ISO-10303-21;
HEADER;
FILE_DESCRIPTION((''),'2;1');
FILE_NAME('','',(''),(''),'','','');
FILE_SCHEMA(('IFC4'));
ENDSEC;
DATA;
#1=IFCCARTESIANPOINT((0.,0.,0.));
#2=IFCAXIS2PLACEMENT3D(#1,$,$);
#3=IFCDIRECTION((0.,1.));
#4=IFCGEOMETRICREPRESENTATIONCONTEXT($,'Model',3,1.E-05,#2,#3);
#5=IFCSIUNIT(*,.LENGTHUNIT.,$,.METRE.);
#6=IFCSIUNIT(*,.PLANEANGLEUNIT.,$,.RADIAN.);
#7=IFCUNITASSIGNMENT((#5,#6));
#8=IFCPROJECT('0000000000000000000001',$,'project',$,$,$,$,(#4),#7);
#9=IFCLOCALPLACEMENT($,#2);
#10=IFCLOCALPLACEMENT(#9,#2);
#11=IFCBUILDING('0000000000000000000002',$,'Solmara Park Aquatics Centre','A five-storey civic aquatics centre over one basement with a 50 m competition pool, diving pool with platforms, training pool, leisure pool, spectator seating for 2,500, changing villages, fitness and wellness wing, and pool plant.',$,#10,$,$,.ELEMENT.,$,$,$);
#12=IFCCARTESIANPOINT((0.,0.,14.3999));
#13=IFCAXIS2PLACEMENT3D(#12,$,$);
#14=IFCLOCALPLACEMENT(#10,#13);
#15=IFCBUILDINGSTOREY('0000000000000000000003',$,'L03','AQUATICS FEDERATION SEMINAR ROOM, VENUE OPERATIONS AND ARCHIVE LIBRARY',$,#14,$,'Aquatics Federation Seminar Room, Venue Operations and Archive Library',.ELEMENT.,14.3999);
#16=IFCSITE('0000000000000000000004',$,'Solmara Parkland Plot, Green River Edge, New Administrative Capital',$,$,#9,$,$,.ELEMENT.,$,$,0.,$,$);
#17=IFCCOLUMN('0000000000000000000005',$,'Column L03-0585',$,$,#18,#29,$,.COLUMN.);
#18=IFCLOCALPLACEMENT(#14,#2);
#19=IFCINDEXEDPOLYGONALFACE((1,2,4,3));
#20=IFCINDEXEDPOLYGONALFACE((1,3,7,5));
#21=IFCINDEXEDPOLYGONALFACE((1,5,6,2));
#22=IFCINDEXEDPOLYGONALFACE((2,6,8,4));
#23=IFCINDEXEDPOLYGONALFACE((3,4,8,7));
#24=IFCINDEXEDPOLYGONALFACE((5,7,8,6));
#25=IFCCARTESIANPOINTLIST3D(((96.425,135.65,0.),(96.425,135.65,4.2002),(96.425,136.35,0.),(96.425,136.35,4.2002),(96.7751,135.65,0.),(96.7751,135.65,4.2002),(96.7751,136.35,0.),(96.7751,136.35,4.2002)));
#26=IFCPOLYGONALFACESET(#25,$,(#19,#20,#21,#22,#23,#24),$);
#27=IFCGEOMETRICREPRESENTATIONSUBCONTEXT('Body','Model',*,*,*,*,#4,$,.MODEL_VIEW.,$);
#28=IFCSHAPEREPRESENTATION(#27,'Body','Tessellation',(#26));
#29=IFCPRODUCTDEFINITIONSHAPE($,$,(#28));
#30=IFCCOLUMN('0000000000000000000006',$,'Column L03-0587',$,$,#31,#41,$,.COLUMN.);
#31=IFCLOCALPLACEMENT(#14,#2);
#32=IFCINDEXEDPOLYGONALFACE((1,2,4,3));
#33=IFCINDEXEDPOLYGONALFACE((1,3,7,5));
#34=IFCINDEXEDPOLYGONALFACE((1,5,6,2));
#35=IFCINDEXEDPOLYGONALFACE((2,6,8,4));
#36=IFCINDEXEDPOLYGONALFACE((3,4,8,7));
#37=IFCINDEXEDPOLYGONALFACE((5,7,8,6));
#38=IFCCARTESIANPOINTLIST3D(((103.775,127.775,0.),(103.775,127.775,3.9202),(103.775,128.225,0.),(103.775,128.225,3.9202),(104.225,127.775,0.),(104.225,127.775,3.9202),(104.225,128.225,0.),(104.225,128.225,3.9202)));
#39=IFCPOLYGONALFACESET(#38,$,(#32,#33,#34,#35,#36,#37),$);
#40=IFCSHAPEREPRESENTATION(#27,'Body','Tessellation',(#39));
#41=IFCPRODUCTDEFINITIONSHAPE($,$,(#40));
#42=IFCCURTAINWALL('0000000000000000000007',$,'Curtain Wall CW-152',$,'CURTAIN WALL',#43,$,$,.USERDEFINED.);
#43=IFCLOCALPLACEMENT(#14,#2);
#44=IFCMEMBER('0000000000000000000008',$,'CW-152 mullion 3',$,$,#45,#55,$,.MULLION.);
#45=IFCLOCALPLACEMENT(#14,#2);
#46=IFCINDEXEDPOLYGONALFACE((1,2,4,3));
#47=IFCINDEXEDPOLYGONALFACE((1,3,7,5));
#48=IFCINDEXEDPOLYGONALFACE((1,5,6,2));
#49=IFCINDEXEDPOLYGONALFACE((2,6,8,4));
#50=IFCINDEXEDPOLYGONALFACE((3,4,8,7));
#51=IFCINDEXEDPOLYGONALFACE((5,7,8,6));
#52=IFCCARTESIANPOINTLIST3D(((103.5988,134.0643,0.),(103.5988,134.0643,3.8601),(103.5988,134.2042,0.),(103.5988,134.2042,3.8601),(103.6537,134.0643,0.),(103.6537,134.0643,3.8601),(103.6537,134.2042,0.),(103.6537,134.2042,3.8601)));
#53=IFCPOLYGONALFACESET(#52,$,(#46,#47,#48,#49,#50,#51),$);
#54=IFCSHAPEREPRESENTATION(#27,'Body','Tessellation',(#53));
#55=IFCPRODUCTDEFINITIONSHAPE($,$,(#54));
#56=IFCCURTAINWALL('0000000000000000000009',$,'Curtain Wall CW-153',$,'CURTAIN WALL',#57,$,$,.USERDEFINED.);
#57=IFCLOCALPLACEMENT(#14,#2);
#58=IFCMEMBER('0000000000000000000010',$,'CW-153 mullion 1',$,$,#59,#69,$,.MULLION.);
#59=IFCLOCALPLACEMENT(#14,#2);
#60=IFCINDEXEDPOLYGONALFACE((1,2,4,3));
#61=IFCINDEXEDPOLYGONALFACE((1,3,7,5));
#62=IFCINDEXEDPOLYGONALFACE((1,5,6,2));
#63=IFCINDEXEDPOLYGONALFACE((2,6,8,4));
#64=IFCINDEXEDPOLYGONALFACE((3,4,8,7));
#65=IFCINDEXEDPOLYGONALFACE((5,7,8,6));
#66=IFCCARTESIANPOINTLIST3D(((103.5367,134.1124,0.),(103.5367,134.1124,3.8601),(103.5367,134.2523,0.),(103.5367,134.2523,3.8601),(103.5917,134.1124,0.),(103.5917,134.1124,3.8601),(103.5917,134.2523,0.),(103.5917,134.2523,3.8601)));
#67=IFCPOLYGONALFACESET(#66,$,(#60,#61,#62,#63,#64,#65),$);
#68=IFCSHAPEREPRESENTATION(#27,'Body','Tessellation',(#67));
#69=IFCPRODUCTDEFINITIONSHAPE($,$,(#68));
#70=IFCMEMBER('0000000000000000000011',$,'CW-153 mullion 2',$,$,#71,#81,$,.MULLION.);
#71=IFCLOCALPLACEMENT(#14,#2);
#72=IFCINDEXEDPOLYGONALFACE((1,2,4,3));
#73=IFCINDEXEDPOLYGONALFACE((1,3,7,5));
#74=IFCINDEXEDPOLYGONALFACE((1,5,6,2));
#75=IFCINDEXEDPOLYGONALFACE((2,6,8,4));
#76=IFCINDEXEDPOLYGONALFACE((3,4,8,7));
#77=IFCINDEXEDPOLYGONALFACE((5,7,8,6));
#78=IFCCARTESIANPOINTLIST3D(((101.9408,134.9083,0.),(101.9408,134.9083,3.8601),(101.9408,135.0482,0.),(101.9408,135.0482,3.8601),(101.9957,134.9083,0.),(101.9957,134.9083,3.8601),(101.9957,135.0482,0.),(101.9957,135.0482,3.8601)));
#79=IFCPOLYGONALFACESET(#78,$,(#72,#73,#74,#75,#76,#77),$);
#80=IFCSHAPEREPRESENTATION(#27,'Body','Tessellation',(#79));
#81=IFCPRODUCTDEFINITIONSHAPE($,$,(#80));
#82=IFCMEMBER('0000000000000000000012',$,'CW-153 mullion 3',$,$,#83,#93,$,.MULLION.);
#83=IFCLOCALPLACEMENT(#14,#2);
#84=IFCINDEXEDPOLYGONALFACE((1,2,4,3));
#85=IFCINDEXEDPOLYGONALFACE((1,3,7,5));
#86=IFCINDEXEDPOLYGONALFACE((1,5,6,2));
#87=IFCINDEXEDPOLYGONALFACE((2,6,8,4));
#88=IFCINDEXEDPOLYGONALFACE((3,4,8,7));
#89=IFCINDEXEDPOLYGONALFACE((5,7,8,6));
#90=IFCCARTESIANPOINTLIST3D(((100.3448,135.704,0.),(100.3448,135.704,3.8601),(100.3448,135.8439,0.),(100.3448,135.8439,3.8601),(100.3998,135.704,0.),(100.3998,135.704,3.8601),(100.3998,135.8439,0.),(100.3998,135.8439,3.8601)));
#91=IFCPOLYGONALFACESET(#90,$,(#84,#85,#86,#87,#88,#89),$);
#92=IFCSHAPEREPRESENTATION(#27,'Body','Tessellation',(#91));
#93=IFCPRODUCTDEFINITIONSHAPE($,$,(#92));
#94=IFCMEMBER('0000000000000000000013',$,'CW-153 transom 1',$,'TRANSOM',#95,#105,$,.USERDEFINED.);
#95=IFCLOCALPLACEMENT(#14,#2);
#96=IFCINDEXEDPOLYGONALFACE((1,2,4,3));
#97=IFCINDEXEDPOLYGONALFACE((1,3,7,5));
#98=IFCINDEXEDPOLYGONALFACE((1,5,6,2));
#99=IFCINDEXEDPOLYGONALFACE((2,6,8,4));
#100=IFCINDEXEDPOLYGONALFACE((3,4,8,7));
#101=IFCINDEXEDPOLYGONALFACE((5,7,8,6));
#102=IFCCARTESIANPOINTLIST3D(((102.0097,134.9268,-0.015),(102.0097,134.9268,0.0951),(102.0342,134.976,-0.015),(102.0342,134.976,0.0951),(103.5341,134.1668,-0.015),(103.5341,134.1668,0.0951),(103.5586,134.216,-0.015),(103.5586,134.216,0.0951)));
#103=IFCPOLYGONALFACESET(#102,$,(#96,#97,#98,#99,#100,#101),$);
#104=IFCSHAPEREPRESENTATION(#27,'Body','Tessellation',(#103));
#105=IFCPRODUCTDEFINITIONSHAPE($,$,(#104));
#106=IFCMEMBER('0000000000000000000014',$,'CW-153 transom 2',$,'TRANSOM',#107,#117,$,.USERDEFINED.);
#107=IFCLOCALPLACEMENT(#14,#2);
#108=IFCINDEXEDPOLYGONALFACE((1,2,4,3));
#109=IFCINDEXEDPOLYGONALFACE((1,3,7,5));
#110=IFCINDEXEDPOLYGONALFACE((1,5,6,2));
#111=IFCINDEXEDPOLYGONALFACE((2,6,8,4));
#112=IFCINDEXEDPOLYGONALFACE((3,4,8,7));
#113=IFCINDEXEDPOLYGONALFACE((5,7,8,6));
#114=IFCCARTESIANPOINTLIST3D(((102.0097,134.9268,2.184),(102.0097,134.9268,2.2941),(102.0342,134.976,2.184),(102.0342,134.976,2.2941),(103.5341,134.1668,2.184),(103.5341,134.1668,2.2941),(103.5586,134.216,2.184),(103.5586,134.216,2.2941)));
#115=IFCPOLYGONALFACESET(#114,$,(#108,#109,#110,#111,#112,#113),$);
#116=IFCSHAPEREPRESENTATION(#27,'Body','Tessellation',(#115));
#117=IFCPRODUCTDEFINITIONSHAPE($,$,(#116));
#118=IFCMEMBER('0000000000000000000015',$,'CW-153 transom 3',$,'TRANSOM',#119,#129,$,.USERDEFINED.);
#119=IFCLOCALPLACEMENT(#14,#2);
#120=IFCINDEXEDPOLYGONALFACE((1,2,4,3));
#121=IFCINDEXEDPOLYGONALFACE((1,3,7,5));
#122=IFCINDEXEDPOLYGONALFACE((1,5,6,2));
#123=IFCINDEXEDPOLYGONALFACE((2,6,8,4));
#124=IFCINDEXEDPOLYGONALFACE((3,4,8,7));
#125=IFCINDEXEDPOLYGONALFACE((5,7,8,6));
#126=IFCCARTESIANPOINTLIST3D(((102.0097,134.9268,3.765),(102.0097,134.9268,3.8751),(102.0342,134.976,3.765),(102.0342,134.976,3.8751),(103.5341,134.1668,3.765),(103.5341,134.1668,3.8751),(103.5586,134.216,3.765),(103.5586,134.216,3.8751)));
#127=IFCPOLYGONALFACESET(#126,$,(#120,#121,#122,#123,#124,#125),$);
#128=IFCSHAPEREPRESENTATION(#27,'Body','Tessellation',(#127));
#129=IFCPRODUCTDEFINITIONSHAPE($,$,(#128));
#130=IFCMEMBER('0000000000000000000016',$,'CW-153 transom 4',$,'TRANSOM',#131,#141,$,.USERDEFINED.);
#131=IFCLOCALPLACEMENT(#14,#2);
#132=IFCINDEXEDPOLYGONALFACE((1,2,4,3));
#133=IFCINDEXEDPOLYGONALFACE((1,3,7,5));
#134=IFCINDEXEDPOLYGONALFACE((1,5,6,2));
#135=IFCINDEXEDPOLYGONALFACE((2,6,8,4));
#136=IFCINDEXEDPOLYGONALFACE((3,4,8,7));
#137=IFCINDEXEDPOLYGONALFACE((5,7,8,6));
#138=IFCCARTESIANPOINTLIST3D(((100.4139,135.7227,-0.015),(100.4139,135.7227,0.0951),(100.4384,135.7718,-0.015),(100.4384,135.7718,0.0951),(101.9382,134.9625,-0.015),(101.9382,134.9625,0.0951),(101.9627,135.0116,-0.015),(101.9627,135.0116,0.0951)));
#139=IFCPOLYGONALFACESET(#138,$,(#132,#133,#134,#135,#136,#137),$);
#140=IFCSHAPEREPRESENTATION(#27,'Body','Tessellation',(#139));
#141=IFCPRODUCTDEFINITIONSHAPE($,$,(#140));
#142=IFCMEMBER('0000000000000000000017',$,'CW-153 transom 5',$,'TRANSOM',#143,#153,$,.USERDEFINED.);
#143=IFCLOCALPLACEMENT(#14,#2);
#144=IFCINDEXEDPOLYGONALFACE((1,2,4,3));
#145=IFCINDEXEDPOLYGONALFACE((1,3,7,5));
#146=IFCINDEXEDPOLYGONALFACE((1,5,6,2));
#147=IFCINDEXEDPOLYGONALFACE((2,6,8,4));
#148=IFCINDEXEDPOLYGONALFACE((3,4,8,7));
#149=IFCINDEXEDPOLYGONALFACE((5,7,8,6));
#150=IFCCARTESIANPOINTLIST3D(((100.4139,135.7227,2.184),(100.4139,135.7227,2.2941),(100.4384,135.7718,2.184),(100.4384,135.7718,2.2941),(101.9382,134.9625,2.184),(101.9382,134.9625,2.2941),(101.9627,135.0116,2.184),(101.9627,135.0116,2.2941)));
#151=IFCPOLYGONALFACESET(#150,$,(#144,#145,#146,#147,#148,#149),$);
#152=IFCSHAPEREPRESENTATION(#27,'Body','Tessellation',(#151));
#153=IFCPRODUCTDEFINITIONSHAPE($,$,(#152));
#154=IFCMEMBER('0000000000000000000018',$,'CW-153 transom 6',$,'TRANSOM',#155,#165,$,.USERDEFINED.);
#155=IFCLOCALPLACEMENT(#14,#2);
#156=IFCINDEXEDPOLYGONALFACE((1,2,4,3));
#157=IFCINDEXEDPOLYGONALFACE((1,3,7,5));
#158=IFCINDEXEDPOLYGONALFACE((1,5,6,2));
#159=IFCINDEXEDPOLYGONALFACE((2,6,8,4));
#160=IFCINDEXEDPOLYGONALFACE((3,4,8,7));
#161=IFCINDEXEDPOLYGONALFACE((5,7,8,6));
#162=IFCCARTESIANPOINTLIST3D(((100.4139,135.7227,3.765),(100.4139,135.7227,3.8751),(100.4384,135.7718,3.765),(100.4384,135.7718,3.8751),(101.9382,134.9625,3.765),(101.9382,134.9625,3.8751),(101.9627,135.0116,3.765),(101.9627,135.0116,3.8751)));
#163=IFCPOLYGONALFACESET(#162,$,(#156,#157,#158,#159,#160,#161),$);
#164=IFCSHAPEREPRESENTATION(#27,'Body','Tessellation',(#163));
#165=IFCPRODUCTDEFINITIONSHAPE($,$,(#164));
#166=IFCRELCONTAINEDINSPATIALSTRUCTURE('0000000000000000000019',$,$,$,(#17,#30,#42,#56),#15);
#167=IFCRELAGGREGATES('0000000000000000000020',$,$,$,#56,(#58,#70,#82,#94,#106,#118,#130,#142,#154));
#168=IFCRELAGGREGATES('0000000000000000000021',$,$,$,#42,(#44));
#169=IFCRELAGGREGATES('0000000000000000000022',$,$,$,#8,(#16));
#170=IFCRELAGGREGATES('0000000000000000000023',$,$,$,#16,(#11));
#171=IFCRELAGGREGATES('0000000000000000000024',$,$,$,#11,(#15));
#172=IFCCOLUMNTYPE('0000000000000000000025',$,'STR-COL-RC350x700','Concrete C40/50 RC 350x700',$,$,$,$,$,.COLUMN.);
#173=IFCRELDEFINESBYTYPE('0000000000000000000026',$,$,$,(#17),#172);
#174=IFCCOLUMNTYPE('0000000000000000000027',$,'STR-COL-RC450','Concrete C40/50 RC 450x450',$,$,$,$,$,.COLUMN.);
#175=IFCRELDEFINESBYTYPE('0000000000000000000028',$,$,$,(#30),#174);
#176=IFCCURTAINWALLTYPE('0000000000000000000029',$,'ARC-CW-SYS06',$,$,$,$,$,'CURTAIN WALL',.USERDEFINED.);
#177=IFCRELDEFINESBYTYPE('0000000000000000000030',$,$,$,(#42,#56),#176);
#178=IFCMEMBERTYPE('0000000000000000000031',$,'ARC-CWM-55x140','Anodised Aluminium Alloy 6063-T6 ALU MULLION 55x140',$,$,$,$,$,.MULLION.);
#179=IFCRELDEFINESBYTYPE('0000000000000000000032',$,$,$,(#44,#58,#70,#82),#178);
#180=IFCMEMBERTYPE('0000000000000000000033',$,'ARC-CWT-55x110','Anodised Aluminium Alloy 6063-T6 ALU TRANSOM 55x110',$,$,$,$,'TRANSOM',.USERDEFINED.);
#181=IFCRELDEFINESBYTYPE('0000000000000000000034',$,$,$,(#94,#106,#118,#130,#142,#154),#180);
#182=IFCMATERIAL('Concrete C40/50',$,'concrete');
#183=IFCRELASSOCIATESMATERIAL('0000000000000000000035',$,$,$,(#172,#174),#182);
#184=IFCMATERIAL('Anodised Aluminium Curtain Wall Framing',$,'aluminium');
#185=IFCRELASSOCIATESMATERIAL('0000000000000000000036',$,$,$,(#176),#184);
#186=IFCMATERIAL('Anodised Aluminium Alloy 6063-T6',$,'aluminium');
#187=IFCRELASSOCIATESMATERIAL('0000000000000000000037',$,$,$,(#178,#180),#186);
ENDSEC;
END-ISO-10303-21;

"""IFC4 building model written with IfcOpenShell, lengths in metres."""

from ifc_helpers import new_model, si_unit, direction, frame, origin, origin_2d, place, context, subcontext, project, spatial, rectangle, extrude, material, material_profile, profile_set, type_object, element, aggregate, save


model = new_model("IFC4")

# Units and contexts
model_context = context("Model", 3, precision=1e-05, world=origin(), true_north=direction((0.0, 1.0)))
body_context = subcontext(model_context, "Body", "Model", "MODEL_VIEW")
ifc_project = project(units=[si_unit("LENGTHUNIT", "METRE"), si_unit("PLANEANGLEUNIT", "RADIAN")], contexts=[model_context])

# Site, building, storey
site_placement = place(None, origin())
site = spatial("IfcSite", under=ifc_project, at=site_placement, Name="Solmara Parkland Plot, Green River Edge, New Administrative Capital", CompositionType="ELEMENT", RefElevation=0.0)
building_placement = place(site_placement, origin())
building = spatial("IfcBuilding", under=site, at=building_placement, Name="Solmara Park Aquatics Centre", Description="A five-storey civic aquatics centre over one basement with a 50 m competition pool, diving pool with platforms, training pool, leisure pool, spectator seating for 2,500, changing villages, fitness and wellness wing, and pool plant.", CompositionType="ELEMENT")
storey_placement = place(building_placement, frame((0.0, 0.0, 14.3999)))
storey = spatial("IfcBuildingStorey", under=building, at=storey_placement, Name="L03", Description="AQUATICS FEDERATION SEMINAR ROOM, VENUE OPERATIONS AND ARCHIVE LIBRARY", LongName="Aquatics Federation Seminar Room, Venue Operations and Archive Library", CompositionType="ELEMENT", Elevation=14.3999)

# Columns
ifc_material_1 = material(Name="Concrete C40/50", Category="concrete")
ifc_material_profile_1 = material_profile(ifc_material_1, rectangle(XDim=0.3501, YDim=0.7, at=origin_2d()), Name="RC 350x700")
ifc_profile_set_1 = profile_set([ifc_material_profile_1], Name="Concrete C40/50")
column_type_1 = type_object("IfcColumnType", Name="STR-COL-RC350x700", Description="Concrete C40/50 RC 350x700", PredefinedType="COLUMN", material=ifc_profile_set_1)
column_1_placement = place(storey_placement, frame((96.6001, 136.0, 0.0), z_axis=(0.0, 0.0, 1.0), x_axis=(1.0, 0.0, 0.0)))
element("IfcColumn", 1, at=column_1_placement, inside=storey, type_object=column_type_1, Name="Column L03-0585", PredefinedType="COLUMN", context=body_context, shape_type="SweptSolid", body=[
    extrude(rectangle(XDim=0.3501, YDim=0.7, at=origin_2d()), origin(), (0.0, 0.0, 1.0), 4.2002),
])
ifc_material_profile_2 = material_profile(ifc_material_1, rectangle(XDim=0.45, YDim=0.45, at=origin_2d()), Name="RC 450x450")
ifc_profile_set_2 = profile_set([ifc_material_profile_2], Name="Concrete C40/50")
column_type_2 = type_object("IfcColumnType", Name="STR-COL-RC450", Description="Concrete C40/50 RC 450x450", PredefinedType="COLUMN", material=ifc_profile_set_2)
column_2_placement = place(storey_placement, frame((104.0, 128.0, 0.0), z_axis=(0.0, 0.0, 1.0), x_axis=(1.0, 0.0, 0.0)))
element("IfcColumn", 2, at=column_2_placement, inside=storey, type_object=column_type_2, Name="Column L03-0587", PredefinedType="COLUMN", context=body_context, shape_type="SweptSolid", body=[
    extrude(rectangle(XDim=0.45, YDim=0.45, at=origin_2d()), origin(), (0.0, 0.0, 1.0), 3.9202),
])

# Curtain wall, member
ifc_material_2 = material(Name="Anodised Aluminium Curtain Wall Framing", Category="aluminium")
curtain_wall_type = type_object("IfcCurtainWallType", Name="ARC-CW-SYS06", ElementType="CURTAIN WALL", PredefinedType="USERDEFINED", material=ifc_material_2)
curtain_wall_1_placement = place(storey_placement, origin())
curtain_wall_1 = element("IfcCurtainWall", 3, at=curtain_wall_1_placement, inside=storey, type_object=curtain_wall_type, Name="Curtain Wall CW-152", ObjectType="CURTAIN WALL", PredefinedType="USERDEFINED")
ifc_material_3 = material(Name="Anodised Aluminium Alloy 6063-T6", Category="aluminium")
ifc_material_profile_3 = material_profile(ifc_material_3, rectangle(XDim=0.0549, YDim=0.1399, at=origin_2d()), Name="ALU MULLION 55x140")
ifc_profile_set_3 = profile_set([ifc_material_profile_3], Name="Anodised Aluminium Alloy 6063-T6")
member_type_1 = type_object("IfcMemberType", Name="ARC-CWM-55x140", Description="Anodised Aluminium Alloy 6063-T6 ALU MULLION 55x140", PredefinedType="MULLION", material=ifc_profile_set_3)
member_1_placement = place(storey_placement, frame((103.6262, 134.1343, 0.0), z_axis=(0.0, 0.0, 1.0), x_axis=(1.0, 0.0, 0.0)))
member_1 = element("IfcMember", 4, at=member_1_placement, type_object=member_type_1, Name="CW-152 mullion 3", PredefinedType="MULLION", context=body_context, shape_type="SweptSolid", body=[
    extrude(rectangle(XDim=0.0549, YDim=0.1399, at=origin_2d()), origin(), (0.0, 0.0, 1.0), 3.8601),
])

# Curtain wall, members
curtain_wall_2_placement = place(storey_placement, origin())
curtain_wall_2 = element("IfcCurtainWall", 5, at=curtain_wall_2_placement, inside=storey, type_object=curtain_wall_type, Name="Curtain Wall CW-153", ObjectType="CURTAIN WALL", PredefinedType="USERDEFINED")
member_2_placement = place(storey_placement, frame((103.5642, 134.1824, 0.0), z_axis=(0.0, 0.0, 1.0), x_axis=(1.0, 0.0, 0.0)))
member_2 = element("IfcMember", 6, at=member_2_placement, type_object=member_type_1, Name="CW-153 mullion 1", PredefinedType="MULLION", context=body_context, shape_type="SweptSolid", body=[
    extrude(rectangle(XDim=0.0549, YDim=0.1399, at=origin_2d()), origin(), (0.0, 0.0, 1.0), 3.8601),
])
member_3_placement = place(storey_placement, frame((101.9683, 134.9783, 0.0), z_axis=(0.0, 0.0, 1.0), x_axis=(1.0, 0.0, 0.0)))
member_3 = element("IfcMember", 7, at=member_3_placement, type_object=member_type_1, Name="CW-153 mullion 2", PredefinedType="MULLION", context=body_context, shape_type="SweptSolid", body=[
    extrude(rectangle(XDim=0.0549, YDim=0.1399, at=origin_2d()), origin(), (0.0, 0.0, 1.0), 3.8601),
])
member_4_placement = place(storey_placement, frame((100.3723, 135.7739, 0.0), z_axis=(0.0, 0.0, 1.0), x_axis=(1.0, 0.0, 0.0)))
member_4 = element("IfcMember", 8, at=member_4_placement, type_object=member_type_1, Name="CW-153 mullion 3", PredefinedType="MULLION", context=body_context, shape_type="SweptSolid", body=[
    extrude(rectangle(XDim=0.0549, YDim=0.1399, at=origin_2d()), origin(), (0.0, 0.0, 1.0), 3.8601),
])
ifc_material_profile_4 = material_profile(ifc_material_3, rectangle(XDim=0.0549, YDim=0.1101, at=origin_2d()), Name="ALU TRANSOM 55x110")
ifc_profile_set_4 = profile_set([ifc_material_profile_4], Name="Anodised Aluminium Alloy 6063-T6")
member_type_2 = type_object("IfcMemberType", Name="ARC-CWT-55x110", Description="Anodised Aluminium Alloy 6063-T6 ALU TRANSOM 55x110", ElementType="TRANSOM", PredefinedType="USERDEFINED", material=ifc_profile_set_4)
member_5_placement = place(storey_placement, frame((103.5464, 134.1914, 0.04), z_axis=(-0.894943, 0.446181, 0.0), x_axis=(-0.446181, -0.894943, 0.0)))
member_5 = element("IfcMember", 9, at=member_5_placement, type_object=member_type_2, Name="CW-153 transom 1", ObjectType="TRANSOM", PredefinedType="USERDEFINED", context=body_context, shape_type="SweptSolid", body=[
    extrude(rectangle(XDim=0.0549, YDim=0.1101, at=origin_2d()), origin(), (0.0, 0.0, 1.0), 1.7034),
])
member_6_placement = place(storey_placement, frame((103.5464, 134.1914, 2.239), z_axis=(-0.894943, 0.446181, 0.0), x_axis=(-0.446181, -0.894943, 0.0)))
member_6 = element("IfcMember", 10, at=member_6_placement, type_object=member_type_2, Name="CW-153 transom 2", ObjectType="TRANSOM", PredefinedType="USERDEFINED", context=body_context, shape_type="SweptSolid", body=[
    extrude(rectangle(XDim=0.0549, YDim=0.1101, at=origin_2d()), origin(), (0.0, 0.0, 1.0), 1.7034),
])
member_7_placement = place(storey_placement, frame((103.5464, 134.1914, 3.8201), z_axis=(-0.894943, 0.446181, 0.0), x_axis=(-0.446181, -0.894943, 0.0)))
member_7 = element("IfcMember", 11, at=member_7_placement, type_object=member_type_2, Name="CW-153 transom 3", ObjectType="TRANSOM", PredefinedType="USERDEFINED", context=body_context, shape_type="SweptSolid", body=[
    extrude(rectangle(XDim=0.0549, YDim=0.1101, at=origin_2d()), origin(), (0.0, 0.0, 1.0), 1.7034),
])
member_8_placement = place(storey_placement, frame((101.9504, 134.9871, 0.04), z_axis=(-0.894885, 0.446296, 0.0), x_axis=(-0.446296, -0.894885, 0.0)))
member_8 = element("IfcMember", 12, at=member_8_placement, type_object=member_type_2, Name="CW-153 transom 4", ObjectType="TRANSOM", PredefinedType="USERDEFINED", context=body_context, shape_type="SweptSolid", body=[
    extrude(rectangle(XDim=0.0549, YDim=0.1101, at=origin_2d()), origin(), (0.0, 0.0, 1.0), 1.7034),
])
member_9_placement = place(storey_placement, frame((101.9504, 134.9871, 2.239), z_axis=(-0.894885, 0.446296, 0.0), x_axis=(-0.446296, -0.894885, 0.0)))
member_9 = element("IfcMember", 13, at=member_9_placement, type_object=member_type_2, Name="CW-153 transom 5", ObjectType="TRANSOM", PredefinedType="USERDEFINED", context=body_context, shape_type="SweptSolid", body=[
    extrude(rectangle(XDim=0.0549, YDim=0.1101, at=origin_2d()), origin(), (0.0, 0.0, 1.0), 1.7034),
])
member_10_placement = place(storey_placement, frame((101.9504, 134.9871, 3.8201), z_axis=(-0.894885, 0.446296, 0.0), x_axis=(-0.446296, -0.894885, 0.0)))
member_10 = element("IfcMember", 14, at=member_10_placement, type_object=member_type_2, Name="CW-153 transom 6", ObjectType="TRANSOM", PredefinedType="USERDEFINED", context=body_context, shape_type="SweptSolid", body=[
    extrude(rectangle(XDim=0.0549, YDim=0.1101, at=origin_2d()), origin(), (0.0, 0.0, 1.0), 1.7034),
])

aggregate(curtain_wall_2, [member_2, member_3, member_4, member_5, member_6, member_7, member_8, member_9, member_10])
aggregate(curtain_wall_1, [member_1])

save(model, "model.ifc")
